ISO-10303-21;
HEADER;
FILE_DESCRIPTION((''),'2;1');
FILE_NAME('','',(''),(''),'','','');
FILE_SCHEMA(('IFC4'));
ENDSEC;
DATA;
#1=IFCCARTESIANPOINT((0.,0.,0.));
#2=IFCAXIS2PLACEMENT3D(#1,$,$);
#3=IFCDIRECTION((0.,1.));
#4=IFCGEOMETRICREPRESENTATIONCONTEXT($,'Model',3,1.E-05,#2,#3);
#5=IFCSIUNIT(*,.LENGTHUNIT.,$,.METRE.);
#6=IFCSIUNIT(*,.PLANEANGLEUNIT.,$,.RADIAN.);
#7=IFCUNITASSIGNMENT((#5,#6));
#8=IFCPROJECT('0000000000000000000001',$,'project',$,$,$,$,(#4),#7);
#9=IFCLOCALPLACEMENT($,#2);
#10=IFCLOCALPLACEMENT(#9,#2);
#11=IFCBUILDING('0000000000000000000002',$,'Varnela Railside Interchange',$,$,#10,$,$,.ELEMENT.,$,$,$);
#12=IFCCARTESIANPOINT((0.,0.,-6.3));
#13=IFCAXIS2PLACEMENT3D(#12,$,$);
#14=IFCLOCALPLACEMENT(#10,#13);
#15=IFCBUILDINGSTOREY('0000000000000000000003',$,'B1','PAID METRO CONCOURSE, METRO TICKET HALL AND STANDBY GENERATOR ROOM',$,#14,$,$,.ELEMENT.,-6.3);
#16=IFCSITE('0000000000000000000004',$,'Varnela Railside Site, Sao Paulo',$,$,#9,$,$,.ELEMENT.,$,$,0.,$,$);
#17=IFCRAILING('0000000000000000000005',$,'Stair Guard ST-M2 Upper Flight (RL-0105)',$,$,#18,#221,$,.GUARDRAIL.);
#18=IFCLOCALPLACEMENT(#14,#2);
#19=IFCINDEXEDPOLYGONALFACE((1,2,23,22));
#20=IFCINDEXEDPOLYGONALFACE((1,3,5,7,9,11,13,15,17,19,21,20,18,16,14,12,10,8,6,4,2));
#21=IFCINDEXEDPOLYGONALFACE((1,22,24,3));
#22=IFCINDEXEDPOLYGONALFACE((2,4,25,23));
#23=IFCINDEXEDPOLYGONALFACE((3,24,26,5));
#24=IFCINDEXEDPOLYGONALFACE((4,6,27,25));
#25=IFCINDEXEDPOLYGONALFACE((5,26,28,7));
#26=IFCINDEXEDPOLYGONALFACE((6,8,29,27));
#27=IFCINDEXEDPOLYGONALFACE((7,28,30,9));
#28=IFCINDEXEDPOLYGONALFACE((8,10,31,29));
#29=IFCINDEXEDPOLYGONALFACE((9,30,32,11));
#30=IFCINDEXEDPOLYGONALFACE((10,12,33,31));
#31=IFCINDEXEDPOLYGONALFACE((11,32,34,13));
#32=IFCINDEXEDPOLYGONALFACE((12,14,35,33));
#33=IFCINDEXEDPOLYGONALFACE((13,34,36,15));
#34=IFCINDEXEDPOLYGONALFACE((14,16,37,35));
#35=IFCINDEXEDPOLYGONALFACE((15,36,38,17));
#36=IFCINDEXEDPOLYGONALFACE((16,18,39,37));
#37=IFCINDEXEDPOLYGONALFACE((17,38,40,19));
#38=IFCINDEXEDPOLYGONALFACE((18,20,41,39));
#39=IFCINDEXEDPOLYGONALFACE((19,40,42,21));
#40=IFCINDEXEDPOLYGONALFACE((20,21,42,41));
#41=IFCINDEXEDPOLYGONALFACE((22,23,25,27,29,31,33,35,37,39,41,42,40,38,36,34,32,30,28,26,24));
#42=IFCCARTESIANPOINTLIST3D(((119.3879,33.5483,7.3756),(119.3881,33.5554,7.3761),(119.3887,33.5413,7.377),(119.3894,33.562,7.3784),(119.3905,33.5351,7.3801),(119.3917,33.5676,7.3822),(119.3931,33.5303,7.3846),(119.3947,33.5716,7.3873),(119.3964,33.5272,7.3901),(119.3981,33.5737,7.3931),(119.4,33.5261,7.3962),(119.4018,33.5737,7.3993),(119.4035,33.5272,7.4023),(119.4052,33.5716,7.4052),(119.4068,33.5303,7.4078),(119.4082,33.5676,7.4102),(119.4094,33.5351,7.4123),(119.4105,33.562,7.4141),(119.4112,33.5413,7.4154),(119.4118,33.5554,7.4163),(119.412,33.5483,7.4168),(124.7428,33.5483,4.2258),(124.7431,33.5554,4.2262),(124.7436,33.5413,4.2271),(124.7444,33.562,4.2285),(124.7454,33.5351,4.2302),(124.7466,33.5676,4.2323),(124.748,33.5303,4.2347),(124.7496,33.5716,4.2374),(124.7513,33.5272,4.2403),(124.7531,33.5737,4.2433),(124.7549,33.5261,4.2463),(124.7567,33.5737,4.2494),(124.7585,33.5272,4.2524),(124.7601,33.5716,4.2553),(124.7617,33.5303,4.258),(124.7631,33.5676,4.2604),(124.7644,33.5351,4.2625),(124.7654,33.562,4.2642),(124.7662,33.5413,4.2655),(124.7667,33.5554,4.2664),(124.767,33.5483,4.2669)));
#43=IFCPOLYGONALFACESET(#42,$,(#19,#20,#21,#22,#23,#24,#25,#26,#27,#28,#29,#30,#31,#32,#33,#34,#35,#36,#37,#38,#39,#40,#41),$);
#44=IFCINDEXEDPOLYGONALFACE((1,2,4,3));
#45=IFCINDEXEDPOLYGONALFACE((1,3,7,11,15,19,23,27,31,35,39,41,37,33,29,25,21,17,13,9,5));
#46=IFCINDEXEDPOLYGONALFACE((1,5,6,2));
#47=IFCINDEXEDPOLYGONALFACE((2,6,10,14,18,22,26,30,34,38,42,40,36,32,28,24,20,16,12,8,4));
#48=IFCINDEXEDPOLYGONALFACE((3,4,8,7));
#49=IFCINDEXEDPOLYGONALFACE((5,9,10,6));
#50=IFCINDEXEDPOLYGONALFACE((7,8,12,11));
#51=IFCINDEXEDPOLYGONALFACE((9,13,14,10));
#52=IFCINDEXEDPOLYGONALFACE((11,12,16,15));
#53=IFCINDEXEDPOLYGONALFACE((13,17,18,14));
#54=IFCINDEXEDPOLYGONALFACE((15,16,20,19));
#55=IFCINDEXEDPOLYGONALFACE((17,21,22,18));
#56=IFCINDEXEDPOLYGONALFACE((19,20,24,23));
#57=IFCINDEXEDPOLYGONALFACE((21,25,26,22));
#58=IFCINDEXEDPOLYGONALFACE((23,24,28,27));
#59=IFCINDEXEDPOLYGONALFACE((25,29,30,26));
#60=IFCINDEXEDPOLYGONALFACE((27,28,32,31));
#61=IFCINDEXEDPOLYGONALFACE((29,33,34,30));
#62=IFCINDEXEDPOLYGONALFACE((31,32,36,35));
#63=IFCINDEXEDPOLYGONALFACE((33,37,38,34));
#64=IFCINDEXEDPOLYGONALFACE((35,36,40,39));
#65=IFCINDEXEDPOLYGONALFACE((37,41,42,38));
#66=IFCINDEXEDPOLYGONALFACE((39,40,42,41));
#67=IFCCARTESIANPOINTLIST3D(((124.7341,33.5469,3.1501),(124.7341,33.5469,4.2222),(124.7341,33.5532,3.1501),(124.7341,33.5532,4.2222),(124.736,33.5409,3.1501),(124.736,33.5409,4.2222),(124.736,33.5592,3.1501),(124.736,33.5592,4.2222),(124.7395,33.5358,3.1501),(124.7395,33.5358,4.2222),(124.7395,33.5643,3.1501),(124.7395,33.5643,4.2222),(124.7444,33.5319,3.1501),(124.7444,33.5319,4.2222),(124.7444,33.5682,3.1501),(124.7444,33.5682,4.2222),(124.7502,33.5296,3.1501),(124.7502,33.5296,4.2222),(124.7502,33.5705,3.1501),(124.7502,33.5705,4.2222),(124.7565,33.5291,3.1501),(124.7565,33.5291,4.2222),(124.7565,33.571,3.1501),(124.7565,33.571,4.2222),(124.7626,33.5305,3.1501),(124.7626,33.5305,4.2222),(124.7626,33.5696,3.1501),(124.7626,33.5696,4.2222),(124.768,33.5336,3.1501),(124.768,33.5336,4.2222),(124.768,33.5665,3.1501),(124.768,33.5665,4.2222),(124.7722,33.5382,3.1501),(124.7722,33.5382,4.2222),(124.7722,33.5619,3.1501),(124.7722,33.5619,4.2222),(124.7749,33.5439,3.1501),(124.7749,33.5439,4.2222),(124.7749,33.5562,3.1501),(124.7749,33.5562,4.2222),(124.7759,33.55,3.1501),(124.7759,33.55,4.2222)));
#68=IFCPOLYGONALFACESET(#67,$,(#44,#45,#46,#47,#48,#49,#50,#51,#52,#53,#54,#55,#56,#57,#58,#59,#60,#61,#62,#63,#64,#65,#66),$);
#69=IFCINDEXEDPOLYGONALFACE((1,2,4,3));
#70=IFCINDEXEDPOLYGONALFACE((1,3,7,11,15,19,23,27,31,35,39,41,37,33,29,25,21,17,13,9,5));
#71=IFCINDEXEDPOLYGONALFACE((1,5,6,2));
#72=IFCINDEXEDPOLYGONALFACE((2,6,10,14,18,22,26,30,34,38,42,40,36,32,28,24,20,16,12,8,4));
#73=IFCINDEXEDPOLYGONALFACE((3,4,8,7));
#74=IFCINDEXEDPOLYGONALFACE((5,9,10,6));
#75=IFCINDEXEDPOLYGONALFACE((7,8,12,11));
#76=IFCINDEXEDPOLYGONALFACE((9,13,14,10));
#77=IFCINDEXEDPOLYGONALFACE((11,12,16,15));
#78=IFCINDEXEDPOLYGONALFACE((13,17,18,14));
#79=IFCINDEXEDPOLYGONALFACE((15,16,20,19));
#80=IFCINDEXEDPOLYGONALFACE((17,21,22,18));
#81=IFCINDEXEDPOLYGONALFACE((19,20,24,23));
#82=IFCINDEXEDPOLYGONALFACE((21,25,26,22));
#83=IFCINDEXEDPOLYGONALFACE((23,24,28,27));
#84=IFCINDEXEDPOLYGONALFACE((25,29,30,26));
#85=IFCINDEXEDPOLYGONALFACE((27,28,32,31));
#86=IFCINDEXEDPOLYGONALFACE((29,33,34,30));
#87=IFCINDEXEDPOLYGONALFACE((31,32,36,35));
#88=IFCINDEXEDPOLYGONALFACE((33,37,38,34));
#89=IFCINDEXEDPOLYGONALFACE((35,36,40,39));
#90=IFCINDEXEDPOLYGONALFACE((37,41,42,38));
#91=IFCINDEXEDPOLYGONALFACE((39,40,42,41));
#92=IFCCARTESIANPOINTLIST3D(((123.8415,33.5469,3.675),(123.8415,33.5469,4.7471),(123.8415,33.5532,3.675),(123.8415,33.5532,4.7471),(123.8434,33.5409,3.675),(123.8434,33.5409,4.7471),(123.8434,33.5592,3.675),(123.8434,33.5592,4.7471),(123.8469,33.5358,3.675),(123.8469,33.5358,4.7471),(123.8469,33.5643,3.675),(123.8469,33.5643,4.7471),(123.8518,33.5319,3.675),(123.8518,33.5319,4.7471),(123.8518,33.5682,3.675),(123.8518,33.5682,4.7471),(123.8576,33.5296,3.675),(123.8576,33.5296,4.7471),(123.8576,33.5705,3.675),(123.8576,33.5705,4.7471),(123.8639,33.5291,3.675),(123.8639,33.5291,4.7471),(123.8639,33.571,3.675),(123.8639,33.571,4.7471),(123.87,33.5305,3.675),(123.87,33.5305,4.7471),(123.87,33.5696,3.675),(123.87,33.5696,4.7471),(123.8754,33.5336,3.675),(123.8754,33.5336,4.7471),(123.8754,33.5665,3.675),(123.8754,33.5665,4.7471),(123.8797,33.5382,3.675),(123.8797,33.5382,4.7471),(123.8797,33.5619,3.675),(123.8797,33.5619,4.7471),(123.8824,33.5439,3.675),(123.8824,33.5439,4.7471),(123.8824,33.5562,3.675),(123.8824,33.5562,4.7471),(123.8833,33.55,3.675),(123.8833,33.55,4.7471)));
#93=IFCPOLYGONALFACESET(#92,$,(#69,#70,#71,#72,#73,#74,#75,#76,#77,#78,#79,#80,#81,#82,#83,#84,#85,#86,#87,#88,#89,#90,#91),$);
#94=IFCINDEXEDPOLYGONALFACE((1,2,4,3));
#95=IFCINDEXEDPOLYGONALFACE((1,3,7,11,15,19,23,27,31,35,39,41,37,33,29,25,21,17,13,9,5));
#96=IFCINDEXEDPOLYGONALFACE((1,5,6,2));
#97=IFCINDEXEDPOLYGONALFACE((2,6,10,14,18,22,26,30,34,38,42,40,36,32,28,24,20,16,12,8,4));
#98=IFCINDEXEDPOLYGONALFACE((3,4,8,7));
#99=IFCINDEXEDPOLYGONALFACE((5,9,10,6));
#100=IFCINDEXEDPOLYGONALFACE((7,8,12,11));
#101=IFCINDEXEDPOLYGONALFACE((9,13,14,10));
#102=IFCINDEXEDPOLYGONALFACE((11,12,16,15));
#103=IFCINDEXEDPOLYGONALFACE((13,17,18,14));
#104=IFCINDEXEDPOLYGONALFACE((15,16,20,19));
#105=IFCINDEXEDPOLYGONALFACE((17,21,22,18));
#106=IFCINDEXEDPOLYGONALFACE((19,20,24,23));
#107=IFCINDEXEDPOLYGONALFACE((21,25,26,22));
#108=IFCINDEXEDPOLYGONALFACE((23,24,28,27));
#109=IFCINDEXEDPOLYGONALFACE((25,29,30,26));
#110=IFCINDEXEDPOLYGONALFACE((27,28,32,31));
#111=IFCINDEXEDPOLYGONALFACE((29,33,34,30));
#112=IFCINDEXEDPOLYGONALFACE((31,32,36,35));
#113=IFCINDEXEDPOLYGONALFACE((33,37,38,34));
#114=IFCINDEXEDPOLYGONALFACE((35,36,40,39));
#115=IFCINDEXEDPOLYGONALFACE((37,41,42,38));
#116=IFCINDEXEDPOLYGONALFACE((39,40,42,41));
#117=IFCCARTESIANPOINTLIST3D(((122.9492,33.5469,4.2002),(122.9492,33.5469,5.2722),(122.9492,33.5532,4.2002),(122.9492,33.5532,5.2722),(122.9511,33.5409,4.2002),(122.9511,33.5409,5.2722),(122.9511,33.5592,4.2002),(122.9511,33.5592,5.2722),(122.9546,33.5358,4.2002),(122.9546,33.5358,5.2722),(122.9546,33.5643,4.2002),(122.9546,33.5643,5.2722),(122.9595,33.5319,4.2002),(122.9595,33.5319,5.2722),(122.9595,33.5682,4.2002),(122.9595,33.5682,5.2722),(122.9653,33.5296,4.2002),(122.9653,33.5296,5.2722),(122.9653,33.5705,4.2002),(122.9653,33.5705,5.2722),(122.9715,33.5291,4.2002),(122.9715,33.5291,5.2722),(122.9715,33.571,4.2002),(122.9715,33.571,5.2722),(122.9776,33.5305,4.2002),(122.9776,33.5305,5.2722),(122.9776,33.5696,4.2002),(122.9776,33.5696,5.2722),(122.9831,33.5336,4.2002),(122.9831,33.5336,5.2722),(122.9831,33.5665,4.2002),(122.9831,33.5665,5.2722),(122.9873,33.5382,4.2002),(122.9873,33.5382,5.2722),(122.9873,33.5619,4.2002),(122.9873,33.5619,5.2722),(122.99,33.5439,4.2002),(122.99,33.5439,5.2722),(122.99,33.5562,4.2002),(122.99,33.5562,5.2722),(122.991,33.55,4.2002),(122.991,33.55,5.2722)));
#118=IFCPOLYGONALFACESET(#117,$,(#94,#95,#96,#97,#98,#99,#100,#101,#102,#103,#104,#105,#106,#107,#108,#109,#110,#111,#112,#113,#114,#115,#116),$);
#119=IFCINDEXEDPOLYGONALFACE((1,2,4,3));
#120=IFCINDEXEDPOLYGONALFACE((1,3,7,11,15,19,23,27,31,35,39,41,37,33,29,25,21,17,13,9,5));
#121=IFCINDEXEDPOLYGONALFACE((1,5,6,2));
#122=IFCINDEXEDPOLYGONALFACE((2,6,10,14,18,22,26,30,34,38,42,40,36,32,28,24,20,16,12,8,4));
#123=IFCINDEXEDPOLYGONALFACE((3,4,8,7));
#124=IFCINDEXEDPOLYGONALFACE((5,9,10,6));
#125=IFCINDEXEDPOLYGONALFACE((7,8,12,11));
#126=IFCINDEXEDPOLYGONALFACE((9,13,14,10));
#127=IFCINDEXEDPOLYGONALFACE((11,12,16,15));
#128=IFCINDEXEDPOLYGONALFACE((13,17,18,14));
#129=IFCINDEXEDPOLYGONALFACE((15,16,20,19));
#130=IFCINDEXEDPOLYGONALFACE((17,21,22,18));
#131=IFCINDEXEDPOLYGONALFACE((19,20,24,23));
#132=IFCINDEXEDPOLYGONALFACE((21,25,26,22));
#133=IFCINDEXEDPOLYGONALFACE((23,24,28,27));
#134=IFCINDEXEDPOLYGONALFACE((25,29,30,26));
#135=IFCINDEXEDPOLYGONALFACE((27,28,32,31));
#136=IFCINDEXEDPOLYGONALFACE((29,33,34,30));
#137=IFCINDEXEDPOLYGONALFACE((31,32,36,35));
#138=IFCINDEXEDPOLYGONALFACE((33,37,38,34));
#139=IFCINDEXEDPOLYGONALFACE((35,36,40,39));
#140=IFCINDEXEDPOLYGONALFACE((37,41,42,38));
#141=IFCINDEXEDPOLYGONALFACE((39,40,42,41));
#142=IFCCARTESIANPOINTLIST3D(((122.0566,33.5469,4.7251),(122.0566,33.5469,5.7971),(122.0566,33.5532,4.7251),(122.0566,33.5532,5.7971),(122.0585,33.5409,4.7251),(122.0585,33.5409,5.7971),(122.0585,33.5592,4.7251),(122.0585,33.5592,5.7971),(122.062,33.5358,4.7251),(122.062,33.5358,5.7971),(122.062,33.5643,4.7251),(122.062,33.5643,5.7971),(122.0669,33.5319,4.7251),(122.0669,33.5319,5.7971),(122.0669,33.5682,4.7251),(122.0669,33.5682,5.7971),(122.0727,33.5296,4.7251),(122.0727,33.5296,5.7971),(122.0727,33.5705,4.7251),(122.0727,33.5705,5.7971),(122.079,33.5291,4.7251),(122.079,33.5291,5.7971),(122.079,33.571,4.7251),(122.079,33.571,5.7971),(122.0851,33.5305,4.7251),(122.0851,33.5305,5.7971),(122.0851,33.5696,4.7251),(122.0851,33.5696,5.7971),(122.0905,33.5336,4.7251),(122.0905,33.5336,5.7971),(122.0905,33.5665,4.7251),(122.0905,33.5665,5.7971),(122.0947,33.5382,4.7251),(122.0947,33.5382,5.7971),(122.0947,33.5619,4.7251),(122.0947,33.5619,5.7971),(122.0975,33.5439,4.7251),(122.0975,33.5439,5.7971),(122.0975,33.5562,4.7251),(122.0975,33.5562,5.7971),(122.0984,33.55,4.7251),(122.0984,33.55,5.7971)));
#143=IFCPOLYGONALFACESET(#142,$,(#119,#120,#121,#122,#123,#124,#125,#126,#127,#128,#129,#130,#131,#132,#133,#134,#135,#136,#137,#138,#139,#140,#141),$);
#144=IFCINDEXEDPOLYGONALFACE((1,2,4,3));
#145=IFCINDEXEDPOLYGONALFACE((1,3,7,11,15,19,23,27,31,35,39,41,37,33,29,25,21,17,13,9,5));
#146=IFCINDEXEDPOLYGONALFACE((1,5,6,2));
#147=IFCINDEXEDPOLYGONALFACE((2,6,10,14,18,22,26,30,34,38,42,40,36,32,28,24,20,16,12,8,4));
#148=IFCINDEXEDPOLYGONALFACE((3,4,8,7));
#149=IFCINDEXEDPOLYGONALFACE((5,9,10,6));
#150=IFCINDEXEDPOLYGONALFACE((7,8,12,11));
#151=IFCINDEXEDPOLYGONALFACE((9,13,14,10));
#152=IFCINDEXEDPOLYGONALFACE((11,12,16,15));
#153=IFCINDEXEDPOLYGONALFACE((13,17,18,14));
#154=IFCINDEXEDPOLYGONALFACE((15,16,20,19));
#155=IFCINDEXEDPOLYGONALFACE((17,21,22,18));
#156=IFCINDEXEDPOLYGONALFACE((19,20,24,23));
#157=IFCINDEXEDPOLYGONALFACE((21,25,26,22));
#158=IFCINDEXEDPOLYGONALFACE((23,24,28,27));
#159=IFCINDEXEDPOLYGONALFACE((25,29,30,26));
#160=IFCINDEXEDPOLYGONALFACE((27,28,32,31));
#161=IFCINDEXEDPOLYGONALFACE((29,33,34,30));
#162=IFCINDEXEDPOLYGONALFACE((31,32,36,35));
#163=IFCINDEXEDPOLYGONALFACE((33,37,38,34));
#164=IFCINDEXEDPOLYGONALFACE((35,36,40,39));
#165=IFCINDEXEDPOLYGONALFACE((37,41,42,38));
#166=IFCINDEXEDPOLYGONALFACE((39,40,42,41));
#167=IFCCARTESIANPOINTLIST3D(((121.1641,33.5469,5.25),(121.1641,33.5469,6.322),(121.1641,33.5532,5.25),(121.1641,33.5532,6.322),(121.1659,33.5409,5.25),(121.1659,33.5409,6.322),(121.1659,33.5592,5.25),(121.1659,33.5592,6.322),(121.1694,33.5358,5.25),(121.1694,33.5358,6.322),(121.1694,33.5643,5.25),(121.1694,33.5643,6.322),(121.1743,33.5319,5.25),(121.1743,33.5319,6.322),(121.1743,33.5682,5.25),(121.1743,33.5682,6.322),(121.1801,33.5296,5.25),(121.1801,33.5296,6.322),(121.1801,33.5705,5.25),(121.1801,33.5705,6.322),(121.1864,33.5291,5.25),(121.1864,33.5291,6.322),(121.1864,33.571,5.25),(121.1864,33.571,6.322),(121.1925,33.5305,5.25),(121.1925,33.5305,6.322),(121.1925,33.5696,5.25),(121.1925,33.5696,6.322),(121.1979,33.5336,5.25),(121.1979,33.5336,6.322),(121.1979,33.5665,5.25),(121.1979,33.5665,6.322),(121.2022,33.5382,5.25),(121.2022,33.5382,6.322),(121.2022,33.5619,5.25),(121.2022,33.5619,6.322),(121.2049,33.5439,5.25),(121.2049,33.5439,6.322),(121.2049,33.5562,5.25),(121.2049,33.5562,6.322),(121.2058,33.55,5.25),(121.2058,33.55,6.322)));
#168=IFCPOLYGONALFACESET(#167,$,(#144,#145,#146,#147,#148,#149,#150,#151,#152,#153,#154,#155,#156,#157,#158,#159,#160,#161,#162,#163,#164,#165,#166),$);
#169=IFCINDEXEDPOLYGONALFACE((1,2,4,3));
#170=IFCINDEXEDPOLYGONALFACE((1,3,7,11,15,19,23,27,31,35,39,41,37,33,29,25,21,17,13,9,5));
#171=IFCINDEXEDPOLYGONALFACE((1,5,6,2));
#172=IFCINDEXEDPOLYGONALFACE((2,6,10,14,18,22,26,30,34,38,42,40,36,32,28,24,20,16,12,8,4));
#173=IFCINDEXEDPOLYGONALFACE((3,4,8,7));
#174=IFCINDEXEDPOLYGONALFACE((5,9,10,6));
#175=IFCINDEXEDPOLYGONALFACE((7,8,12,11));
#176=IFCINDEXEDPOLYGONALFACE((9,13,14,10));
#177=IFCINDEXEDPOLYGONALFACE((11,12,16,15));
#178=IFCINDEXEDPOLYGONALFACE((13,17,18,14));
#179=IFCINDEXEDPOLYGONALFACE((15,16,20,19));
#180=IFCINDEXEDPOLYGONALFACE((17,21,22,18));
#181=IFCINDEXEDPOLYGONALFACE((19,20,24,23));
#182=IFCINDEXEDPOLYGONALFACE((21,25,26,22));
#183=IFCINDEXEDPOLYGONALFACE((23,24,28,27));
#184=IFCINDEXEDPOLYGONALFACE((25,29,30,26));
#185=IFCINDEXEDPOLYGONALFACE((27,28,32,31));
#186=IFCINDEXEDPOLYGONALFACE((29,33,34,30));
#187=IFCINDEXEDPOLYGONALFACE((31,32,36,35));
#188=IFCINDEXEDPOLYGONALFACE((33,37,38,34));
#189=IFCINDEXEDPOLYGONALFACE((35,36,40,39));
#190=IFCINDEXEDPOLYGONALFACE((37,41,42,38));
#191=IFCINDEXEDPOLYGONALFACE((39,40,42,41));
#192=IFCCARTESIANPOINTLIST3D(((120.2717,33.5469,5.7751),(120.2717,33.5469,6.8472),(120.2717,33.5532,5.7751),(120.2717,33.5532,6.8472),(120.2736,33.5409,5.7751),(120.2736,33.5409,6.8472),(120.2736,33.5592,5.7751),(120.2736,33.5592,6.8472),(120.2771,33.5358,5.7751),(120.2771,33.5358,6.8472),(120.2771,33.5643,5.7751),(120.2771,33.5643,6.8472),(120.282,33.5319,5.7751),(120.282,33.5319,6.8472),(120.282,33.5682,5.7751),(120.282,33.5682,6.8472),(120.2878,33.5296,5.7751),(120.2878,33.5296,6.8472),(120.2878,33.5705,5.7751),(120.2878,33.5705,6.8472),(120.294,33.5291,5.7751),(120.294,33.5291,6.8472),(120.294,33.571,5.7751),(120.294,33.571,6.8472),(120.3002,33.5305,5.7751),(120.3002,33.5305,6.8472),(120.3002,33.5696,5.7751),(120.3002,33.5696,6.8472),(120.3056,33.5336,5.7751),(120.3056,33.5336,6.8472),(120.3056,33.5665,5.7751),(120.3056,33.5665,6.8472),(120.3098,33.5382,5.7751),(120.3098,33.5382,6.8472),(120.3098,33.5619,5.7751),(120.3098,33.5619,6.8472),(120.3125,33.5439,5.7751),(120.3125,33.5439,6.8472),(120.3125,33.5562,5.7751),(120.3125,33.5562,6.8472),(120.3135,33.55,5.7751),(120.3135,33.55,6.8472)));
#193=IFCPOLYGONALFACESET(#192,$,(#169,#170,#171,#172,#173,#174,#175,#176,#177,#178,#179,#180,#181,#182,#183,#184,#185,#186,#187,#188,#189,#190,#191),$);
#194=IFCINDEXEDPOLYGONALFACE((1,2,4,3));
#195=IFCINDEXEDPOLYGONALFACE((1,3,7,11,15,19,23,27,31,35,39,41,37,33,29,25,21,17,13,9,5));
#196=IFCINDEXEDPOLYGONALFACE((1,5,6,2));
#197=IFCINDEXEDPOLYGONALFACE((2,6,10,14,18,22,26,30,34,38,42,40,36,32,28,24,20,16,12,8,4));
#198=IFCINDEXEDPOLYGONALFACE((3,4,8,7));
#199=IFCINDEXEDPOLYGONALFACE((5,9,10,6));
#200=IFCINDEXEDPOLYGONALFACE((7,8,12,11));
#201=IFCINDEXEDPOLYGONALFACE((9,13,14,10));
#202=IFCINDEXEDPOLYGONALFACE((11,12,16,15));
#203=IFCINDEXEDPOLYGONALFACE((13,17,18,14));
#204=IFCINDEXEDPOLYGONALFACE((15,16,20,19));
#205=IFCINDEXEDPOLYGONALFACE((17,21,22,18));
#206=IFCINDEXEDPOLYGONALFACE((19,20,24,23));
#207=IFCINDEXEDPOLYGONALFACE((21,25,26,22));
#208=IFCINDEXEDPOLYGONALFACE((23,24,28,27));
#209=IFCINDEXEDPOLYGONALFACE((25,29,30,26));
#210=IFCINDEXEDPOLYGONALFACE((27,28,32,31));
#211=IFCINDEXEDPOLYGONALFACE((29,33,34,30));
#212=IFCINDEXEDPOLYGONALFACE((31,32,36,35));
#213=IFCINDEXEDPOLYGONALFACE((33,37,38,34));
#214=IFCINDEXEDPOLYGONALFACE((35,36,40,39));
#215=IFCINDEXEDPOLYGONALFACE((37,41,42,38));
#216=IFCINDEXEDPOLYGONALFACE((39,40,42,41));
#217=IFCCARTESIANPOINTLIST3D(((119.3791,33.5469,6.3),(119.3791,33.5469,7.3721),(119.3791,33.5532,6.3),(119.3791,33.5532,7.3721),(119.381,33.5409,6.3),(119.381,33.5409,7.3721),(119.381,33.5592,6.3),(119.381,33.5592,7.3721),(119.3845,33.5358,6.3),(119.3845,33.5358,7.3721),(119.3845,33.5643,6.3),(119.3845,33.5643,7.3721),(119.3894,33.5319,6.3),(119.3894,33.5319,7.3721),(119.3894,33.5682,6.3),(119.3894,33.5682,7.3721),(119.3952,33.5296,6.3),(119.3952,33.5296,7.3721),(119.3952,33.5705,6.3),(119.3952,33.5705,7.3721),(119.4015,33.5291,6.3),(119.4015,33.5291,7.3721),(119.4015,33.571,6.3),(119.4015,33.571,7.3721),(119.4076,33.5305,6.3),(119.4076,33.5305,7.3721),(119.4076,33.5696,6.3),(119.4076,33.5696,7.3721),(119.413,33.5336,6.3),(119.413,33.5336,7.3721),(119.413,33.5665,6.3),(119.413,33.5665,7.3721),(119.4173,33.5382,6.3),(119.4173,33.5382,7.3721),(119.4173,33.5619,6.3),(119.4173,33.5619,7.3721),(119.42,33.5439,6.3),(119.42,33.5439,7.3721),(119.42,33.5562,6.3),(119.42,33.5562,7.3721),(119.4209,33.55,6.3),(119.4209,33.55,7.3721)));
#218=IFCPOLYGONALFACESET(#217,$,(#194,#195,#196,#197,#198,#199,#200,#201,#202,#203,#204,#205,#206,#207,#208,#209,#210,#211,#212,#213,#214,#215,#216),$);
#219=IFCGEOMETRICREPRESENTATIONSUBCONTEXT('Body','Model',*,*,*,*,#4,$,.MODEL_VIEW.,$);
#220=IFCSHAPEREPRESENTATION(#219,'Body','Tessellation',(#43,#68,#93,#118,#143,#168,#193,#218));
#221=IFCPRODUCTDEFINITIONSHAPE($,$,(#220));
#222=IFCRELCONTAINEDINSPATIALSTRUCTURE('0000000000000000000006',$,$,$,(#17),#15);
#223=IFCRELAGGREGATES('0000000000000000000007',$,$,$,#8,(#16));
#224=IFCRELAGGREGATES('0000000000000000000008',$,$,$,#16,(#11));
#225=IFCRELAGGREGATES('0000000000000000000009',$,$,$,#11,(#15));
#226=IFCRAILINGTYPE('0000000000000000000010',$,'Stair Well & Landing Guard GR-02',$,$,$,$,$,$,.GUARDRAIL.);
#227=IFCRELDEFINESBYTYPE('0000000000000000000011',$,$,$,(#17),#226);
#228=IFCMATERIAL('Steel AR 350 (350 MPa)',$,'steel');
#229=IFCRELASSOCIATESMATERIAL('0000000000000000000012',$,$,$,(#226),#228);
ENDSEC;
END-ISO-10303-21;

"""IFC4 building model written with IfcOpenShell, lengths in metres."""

from ifc_helpers import new_model, si_unit, direction, frame, origin, origin_2d, place, context, subcontext, project, spatial, circle, extrude, material, type_object, element, save


model = new_model("IFC4")

# Units and contexts
model_context = context("Model", 3, precision=1e-05, world=origin(), true_north=direction((0.0, 1.0)))
body_context = subcontext(model_context, "Body", "Model", "MODEL_VIEW")
ifc_project = project(units=[si_unit("LENGTHUNIT", "METRE"), si_unit("PLANEANGLEUNIT", "RADIAN")], contexts=[model_context])

# Site, building, storey
site_placement = place(None, origin())
site = spatial("IfcSite", under=ifc_project, at=site_placement, Name="Varnela Railside Site, Sao Paulo", CompositionType="ELEMENT", RefElevation=0.0)
building_placement = place(site_placement, origin())
building = spatial("IfcBuilding", under=site, at=building_placement, Name="Varnela Railside Interchange", CompositionType="ELEMENT")
storey_placement = place(building_placement, frame((0.0, 0.0, -6.3)))
storey = spatial("IfcBuildingStorey", under=building, at=storey_placement, Name="B1", Description="PAID METRO CONCOURSE, METRO TICKET HALL AND STANDBY GENERATOR ROOM", CompositionType="ELEMENT", Elevation=-6.3)

# Railing
ifc_material_1 = material(Name="Steel AR 350 (350 MPa)", Category="steel")
railing_type_1 = type_object("IfcRailingType", Name="Stair Well & Landing Guard GR-02", PredefinedType="GUARDRAIL", material=ifc_material_1)
railing_1_placement = place(storey_placement, frame((124.7549, 33.55, 3.1501)))
element("IfcRailing", 1, at=railing_1_placement, inside=storey, type_object=railing_type_1, Name="Stair Guard ST-M2 Upper Flight (RL-0105)", PredefinedType="GUARDRAIL", context=body_context, shape_type="SweptSolid", body=[
    extrude(circle(Radius=0.0239, at=origin_2d()), frame((0.0, 0.0, 1.0962), z_axis=(-0.86194, 0.0, 0.50701), x_axis=(0.0, -1.0, 0.0)), (0.0, 0.0, 1.0), 6.2126),
    extrude(circle(Radius=0.021, at=origin_2d()), origin(), (0.0, 0.0, 1.0), 1.072),
    extrude(circle(Radius=0.021, at=origin_2d()), frame((-0.8926, 0.0, 0.5249)), (0.0, 0.0, 1.0), 1.072),
    extrude(circle(Radius=0.021, at=origin_2d()), frame((-1.7849, 0.0, 1.05)), (0.0, 0.0, 1.0), 1.072),
    extrude(circle(Radius=0.021, at=origin_2d()), frame((-2.6775, 0.0, 1.575)), (0.0, 0.0, 1.0), 1.072),
    extrude(circle(Radius=0.021, at=origin_2d()), frame((-3.5701, 0.0, 2.0999)), (0.0, 0.0, 1.0), 1.072),
    extrude(circle(Radius=0.021, at=origin_2d()), frame((-4.4624, 0.0, 2.625)), (0.0, 0.0, 1.0), 1.072),
    extrude(circle(Radius=0.021, at=origin_2d()), frame((-5.355, 0.0, 3.1499)), (0.0, 0.0, 1.0), 1.072),
])

save(model, "model.ifc")
